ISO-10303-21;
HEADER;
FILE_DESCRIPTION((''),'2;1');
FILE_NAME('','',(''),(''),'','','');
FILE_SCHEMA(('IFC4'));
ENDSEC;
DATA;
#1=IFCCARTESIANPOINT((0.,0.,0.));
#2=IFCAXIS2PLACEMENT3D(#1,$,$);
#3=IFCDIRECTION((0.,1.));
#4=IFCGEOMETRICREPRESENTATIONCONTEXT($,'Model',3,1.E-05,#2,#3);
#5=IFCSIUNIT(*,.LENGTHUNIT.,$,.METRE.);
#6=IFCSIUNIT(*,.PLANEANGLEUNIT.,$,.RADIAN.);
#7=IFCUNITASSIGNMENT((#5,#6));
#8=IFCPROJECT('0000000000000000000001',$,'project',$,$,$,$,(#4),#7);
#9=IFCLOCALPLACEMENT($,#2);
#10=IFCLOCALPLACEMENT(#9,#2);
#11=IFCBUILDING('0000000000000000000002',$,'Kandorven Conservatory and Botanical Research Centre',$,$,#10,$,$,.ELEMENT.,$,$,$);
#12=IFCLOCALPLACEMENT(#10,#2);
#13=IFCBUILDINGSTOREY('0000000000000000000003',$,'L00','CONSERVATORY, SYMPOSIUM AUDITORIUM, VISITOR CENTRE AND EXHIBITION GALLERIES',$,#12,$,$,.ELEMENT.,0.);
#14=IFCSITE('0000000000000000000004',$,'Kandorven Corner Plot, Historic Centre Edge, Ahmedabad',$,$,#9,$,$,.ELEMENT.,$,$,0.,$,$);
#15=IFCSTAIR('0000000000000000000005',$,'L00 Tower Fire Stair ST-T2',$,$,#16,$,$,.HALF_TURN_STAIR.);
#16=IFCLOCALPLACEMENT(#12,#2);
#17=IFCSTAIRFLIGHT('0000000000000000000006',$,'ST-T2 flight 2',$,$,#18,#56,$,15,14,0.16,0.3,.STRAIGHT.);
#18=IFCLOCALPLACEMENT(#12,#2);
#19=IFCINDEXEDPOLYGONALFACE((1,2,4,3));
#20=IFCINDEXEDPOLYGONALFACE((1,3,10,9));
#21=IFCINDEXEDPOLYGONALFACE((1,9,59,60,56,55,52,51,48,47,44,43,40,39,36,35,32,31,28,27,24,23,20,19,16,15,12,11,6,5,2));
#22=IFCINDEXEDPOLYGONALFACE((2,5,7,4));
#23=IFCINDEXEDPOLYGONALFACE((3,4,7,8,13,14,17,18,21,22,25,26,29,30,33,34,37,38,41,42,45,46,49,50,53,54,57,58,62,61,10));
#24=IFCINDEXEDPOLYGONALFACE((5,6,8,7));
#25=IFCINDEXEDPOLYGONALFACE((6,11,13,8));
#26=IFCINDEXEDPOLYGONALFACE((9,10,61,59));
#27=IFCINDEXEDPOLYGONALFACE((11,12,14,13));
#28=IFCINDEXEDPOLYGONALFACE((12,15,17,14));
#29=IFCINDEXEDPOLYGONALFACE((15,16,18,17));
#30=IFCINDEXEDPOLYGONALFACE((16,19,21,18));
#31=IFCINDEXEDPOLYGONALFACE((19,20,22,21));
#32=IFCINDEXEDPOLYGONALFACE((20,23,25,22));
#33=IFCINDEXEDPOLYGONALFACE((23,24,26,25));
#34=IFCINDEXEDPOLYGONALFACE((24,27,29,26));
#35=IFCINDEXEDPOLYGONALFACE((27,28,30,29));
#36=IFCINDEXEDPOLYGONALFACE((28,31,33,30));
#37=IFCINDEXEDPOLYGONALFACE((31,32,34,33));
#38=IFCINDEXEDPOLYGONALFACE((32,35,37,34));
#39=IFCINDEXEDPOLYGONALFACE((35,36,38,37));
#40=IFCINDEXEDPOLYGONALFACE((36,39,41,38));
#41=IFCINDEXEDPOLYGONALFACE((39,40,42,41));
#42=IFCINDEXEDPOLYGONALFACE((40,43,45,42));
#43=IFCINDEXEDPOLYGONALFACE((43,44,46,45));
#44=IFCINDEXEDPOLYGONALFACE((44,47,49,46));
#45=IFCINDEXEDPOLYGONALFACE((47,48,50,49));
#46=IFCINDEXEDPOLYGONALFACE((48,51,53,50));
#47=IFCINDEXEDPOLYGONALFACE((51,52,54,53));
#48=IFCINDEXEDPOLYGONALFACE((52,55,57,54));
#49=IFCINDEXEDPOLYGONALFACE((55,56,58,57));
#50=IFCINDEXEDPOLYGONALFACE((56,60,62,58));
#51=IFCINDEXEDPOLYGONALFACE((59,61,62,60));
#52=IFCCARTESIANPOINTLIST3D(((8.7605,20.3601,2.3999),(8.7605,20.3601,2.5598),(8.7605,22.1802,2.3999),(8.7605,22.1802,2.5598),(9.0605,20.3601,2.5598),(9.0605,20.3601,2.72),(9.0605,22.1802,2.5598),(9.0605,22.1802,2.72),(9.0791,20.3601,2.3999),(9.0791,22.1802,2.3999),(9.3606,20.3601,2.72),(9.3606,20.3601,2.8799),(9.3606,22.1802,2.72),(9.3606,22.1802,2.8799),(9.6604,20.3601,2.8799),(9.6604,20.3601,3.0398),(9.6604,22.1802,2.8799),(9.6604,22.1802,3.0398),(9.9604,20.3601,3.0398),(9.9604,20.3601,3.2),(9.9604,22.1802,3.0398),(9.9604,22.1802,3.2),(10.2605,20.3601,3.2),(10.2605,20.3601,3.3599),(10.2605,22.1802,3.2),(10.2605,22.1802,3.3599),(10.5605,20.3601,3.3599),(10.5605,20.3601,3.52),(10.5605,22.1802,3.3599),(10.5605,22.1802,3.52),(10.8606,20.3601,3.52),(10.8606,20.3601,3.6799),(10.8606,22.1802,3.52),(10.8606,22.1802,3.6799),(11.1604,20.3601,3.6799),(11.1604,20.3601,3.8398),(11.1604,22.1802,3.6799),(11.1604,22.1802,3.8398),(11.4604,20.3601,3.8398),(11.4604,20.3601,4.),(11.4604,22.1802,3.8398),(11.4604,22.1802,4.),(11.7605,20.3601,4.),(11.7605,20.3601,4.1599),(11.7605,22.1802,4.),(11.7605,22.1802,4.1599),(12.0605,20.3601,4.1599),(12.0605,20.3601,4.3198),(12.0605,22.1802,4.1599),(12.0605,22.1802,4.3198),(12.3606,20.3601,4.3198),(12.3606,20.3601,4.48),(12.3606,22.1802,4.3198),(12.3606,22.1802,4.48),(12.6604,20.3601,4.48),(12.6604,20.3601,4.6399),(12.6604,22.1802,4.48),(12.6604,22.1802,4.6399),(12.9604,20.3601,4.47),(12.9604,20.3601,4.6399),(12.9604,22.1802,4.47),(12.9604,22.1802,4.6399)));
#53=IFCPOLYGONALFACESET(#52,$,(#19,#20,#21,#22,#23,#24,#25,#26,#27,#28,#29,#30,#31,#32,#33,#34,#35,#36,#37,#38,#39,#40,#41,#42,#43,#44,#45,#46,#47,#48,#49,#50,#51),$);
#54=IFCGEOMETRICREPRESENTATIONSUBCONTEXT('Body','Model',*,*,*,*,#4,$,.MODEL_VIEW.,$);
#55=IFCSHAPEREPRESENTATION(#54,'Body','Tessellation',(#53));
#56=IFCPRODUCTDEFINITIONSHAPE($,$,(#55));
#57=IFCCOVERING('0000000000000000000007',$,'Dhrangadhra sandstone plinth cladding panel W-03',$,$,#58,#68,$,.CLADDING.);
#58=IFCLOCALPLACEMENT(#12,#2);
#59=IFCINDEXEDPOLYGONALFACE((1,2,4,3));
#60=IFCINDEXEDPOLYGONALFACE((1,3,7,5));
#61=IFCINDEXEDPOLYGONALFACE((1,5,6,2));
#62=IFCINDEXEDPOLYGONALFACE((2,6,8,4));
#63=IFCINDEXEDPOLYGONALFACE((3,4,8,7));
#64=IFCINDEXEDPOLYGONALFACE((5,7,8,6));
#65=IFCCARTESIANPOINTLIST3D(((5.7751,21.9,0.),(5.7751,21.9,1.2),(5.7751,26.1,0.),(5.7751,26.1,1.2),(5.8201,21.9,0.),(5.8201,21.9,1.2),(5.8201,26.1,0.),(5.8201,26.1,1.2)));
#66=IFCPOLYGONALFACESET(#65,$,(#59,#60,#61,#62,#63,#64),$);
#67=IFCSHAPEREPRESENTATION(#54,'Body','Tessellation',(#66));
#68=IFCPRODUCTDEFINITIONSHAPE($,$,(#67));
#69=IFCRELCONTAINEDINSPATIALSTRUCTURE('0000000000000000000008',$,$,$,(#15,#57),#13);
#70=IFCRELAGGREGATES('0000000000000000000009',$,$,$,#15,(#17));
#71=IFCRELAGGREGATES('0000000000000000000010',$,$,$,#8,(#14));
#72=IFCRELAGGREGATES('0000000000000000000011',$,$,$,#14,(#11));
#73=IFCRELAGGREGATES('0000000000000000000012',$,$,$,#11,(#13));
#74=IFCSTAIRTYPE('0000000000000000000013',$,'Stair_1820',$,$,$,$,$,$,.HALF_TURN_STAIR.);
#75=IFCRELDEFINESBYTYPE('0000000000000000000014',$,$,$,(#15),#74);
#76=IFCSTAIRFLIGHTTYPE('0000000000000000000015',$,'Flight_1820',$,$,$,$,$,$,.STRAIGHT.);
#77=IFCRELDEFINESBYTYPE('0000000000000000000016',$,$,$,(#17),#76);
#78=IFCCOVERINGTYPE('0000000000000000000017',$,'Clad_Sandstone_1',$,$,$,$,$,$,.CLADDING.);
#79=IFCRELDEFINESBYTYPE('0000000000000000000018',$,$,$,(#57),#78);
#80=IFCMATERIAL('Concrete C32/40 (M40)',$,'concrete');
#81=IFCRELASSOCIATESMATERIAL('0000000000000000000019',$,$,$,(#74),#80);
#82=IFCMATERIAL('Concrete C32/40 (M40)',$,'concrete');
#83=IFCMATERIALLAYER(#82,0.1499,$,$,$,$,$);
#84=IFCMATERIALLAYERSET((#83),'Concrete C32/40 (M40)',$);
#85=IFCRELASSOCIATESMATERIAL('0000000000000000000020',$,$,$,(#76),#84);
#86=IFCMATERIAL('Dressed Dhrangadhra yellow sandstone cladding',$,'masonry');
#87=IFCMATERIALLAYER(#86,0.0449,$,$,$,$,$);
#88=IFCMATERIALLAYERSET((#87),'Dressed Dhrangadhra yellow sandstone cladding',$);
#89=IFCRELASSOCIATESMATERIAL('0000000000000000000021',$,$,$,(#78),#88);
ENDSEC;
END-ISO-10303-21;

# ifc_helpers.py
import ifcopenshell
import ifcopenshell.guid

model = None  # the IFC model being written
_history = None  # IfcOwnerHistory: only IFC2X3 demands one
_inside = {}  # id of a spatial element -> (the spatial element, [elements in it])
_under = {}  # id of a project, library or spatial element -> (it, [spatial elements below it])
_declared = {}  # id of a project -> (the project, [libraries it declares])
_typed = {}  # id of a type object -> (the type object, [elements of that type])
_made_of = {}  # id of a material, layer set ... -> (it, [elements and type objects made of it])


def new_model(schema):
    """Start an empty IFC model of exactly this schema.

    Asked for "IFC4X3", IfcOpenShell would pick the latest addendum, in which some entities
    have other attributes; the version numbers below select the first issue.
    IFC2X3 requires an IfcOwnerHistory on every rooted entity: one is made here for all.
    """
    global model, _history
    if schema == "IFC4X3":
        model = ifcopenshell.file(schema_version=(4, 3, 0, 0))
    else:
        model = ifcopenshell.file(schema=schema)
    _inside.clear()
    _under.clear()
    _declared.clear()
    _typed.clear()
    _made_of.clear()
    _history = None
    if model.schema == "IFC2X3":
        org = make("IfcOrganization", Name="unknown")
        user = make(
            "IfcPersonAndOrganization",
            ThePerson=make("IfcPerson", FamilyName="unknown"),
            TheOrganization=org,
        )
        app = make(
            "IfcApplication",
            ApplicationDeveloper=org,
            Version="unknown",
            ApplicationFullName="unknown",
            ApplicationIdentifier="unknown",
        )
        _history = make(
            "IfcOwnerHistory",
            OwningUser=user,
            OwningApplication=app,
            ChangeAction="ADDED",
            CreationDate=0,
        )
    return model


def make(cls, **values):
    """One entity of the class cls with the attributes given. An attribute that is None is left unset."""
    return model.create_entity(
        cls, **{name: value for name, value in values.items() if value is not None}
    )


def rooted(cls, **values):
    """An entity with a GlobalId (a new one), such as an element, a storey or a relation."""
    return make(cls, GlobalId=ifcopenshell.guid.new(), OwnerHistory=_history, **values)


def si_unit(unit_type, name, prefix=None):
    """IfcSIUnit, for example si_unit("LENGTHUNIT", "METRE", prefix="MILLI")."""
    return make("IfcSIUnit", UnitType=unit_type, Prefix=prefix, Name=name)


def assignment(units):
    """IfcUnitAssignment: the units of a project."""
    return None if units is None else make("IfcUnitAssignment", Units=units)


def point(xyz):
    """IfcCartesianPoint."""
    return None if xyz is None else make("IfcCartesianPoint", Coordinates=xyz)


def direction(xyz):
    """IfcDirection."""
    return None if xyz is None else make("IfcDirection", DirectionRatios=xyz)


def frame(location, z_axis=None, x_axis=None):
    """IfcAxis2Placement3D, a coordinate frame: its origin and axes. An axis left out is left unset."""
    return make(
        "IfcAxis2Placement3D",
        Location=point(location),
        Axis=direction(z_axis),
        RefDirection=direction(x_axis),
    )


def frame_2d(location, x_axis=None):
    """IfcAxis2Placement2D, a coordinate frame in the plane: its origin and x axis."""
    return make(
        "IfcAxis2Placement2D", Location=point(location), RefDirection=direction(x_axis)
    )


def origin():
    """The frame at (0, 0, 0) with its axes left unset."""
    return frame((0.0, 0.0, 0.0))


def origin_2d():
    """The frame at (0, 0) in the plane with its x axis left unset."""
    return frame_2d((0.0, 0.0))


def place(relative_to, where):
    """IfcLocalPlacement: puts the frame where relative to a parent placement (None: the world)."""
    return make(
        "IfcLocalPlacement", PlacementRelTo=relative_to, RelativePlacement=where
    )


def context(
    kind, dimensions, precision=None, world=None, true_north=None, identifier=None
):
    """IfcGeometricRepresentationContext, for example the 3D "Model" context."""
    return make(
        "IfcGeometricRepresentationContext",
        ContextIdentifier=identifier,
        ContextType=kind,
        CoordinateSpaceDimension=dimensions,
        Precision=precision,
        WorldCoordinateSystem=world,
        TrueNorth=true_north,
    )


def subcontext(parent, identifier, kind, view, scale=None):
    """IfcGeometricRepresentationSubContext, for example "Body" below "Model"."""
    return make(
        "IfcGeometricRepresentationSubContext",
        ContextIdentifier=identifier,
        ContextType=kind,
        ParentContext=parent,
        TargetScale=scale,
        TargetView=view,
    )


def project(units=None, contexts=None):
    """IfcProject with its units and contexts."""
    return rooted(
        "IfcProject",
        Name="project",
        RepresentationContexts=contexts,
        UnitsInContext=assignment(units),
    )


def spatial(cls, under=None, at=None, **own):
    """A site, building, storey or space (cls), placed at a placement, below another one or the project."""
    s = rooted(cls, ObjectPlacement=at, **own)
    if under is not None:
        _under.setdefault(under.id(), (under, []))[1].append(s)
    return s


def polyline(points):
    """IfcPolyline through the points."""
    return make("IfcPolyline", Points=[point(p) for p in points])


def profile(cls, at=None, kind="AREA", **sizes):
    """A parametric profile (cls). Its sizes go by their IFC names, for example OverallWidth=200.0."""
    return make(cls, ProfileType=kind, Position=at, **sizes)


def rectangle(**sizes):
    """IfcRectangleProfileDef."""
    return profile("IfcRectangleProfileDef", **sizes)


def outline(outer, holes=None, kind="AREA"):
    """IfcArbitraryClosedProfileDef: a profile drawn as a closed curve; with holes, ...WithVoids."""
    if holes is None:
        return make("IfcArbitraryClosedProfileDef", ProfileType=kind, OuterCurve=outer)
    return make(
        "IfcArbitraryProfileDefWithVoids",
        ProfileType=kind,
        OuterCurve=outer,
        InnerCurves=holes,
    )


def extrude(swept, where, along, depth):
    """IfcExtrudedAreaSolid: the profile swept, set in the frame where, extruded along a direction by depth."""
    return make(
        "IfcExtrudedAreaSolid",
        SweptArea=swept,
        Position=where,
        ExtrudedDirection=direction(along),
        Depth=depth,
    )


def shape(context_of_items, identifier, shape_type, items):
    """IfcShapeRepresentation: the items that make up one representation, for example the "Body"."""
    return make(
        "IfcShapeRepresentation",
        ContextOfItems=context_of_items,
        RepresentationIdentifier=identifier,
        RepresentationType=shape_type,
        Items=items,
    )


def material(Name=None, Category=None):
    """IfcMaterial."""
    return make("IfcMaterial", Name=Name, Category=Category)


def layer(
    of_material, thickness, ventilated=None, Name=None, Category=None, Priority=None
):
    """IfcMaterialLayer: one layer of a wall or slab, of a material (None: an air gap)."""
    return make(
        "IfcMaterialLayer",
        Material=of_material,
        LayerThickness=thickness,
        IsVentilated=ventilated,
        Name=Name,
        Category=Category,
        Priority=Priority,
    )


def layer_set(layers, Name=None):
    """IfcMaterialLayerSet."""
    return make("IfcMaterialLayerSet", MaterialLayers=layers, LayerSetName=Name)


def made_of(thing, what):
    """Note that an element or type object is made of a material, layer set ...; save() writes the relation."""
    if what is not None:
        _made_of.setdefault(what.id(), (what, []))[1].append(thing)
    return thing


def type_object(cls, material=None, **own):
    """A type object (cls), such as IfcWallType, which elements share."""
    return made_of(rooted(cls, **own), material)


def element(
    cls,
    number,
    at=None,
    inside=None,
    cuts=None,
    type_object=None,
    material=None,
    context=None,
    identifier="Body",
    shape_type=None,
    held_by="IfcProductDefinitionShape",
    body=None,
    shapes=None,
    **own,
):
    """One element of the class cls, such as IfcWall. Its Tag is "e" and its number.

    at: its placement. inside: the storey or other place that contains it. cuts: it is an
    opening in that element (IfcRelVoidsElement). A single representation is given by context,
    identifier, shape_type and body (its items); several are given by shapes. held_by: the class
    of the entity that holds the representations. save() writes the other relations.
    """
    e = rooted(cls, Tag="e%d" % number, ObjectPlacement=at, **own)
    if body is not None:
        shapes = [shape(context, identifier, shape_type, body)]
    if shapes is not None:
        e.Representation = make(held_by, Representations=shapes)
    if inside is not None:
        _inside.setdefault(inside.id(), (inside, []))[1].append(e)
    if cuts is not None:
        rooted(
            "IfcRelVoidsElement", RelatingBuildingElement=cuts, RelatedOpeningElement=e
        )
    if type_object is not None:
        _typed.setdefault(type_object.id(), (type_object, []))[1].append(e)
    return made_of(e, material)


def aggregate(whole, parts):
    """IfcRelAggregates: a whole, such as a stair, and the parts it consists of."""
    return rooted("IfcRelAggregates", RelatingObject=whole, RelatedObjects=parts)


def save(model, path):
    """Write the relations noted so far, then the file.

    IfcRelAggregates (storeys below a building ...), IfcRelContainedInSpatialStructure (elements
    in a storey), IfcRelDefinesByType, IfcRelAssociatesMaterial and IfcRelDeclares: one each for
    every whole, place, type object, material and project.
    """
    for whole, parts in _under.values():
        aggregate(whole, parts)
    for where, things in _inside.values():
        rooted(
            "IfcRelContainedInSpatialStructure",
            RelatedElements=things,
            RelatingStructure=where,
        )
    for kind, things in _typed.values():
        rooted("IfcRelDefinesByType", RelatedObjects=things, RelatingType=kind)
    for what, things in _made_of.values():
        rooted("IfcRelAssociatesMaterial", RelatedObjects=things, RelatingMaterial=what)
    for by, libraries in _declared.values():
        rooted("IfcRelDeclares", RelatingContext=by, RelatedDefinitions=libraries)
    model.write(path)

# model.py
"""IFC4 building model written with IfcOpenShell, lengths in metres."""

from ifc_helpers import new_model, si_unit, direction, frame, origin, origin_2d, place, context, subcontext, project, spatial, polyline, rectangle, outline, extrude, material, layer, layer_set, type_object, element, aggregate, save


model = new_model("IFC4")

# Units and contexts
model_context = context("Model", 3, precision=1e-05, world=origin(), true_north=direction((0.0, 1.0)))
body_context = subcontext(model_context, "Body", "Model", "MODEL_VIEW")
ifc_project = project(units=[si_unit("LENGTHUNIT", "METRE"), si_unit("PLANEANGLEUNIT", "RADIAN")], contexts=[model_context])

# Site, building, storey
site_placement = place(None, origin())
site = spatial("IfcSite", under=ifc_project, at=site_placement, Name="Kandorven Corner Plot, Historic Centre Edge, Ahmedabad", CompositionType="ELEMENT", RefElevation=0.0)
building_placement = place(site_placement, origin())
building = spatial("IfcBuilding", under=site, at=building_placement, Name="Kandorven Conservatory and Botanical Research Centre", CompositionType="ELEMENT")
storey_placement = place(building_placement, origin())
storey = spatial("IfcBuildingStorey", under=building, at=storey_placement, Name="L00", Description="CONSERVATORY, SYMPOSIUM AUDITORIUM, VISITOR CENTRE AND EXHIBITION GALLERIES", CompositionType="ELEMENT", Elevation=0.0)

# Stair, stair flight
ifc_material_1 = material(Name="Concrete C32/40 (M40)", Category="concrete")
stair_type = type_object("IfcStairType", Name="Stair_1820", PredefinedType="HALF_TURN_STAIR", material=ifc_material_1)
stair_placement = place(storey_placement, origin())
stair = element("IfcStair", 1, at=stair_placement, inside=storey, type_object=stair_type, Name="L00 Tower Fire Stair ST-T2", PredefinedType="HALF_TURN_STAIR")
ifc_material_2 = material(Name="Concrete C32/40 (M40)", Category="concrete")
ifc_layer_1 = layer(ifc_material_2, 0.1499)
ifc_layer_set_1 = layer_set([ifc_layer_1], Name="Concrete C32/40 (M40)")
stair_flight_type = type_object("IfcStairFlightType", Name="Flight_1820", PredefinedType="STRAIGHT", material=ifc_layer_set_1)
stair_flight_1_placement = place(storey_placement, frame((8.7605, 21.27, 2.3999), z_axis=(0.0, 0.0, 1.0), x_axis=(1.0, 0.0, 0.0)))
stair_flight_1 = element("IfcStairFlight", 2, at=stair_flight_1_placement, type_object=stair_flight_type, Name="ST-T2 flight 2", NumberOfRisers=15, NumberOfTreads=14, PredefinedType="STRAIGHT", RiserHeight=0.16, TreadLength=0.3, context=body_context, shape_type="SweptSolid", body=[
    extrude(outline(polyline([(0.0, 0.0), (0.0, 0.1599), (0.3, 0.1599), (0.3, 0.3201), (0.6001, 0.3201), (0.6001, 0.48), (0.8999, 0.48), (0.8999, 0.6399), (1.2, 0.6399), (1.2, 0.8), (1.5, 0.8), (1.5, 0.96), (1.8, 0.96), (1.8, 1.1201), (2.1001, 1.1201), (2.1001, 1.28), (2.3999, 1.28), (2.3999, 1.4399), (2.7, 1.4399), (2.7, 1.6001), (3.0, 1.6001), (3.0, 1.76), (3.3, 1.76), (3.3, 1.9199), (3.6001, 1.9199), (3.6001, 2.0801), (3.8999, 2.0801), (3.8999, 2.24), (4.2, 2.24), (4.2, 2.3999), (4.2, 2.0701), (0.3186, 0.0), (0.0, 0.0)])), frame((0.0, 0.9102, 0.0), z_axis=(0.0, -1.0, 0.0), x_axis=(1.0, 0.0, 0.0)), (0.0, 0.0, 1.0), 1.8201),
])
aggregate(stair, [stair_flight_1])

# Covering
ifc_material_3 = material(Name="Dressed Dhrangadhra yellow sandstone cladding", Category="masonry")
ifc_layer_2 = layer(ifc_material_3, 0.0449)
ifc_layer_set_2 = layer_set([ifc_layer_2], Name="Dressed Dhrangadhra yellow sandstone cladding")
covering_type = type_object("IfcCoveringType", Name="Clad_Sandstone_1", PredefinedType="CLADDING", material=ifc_layer_set_2)
covering_placement = place(storey_placement, frame((5.7976, 24.0, 0.0), z_axis=(0.0, 0.0, 1.0), x_axis=(1.0, 0.0, 0.0)))
element("IfcCovering", 3, at=covering_placement, inside=storey, type_object=covering_type, Name="Dhrangadhra sandstone plinth cladding panel W-03", PredefinedType="CLADDING", context=body_context, shape_type="SweptSolid", body=[
    extrude(rectangle(XDim=0.0449, YDim=4.2, at=origin_2d()), origin(), (0.0, 0.0, 1.0), 1.2),
])

save(model, "model.ifc")
